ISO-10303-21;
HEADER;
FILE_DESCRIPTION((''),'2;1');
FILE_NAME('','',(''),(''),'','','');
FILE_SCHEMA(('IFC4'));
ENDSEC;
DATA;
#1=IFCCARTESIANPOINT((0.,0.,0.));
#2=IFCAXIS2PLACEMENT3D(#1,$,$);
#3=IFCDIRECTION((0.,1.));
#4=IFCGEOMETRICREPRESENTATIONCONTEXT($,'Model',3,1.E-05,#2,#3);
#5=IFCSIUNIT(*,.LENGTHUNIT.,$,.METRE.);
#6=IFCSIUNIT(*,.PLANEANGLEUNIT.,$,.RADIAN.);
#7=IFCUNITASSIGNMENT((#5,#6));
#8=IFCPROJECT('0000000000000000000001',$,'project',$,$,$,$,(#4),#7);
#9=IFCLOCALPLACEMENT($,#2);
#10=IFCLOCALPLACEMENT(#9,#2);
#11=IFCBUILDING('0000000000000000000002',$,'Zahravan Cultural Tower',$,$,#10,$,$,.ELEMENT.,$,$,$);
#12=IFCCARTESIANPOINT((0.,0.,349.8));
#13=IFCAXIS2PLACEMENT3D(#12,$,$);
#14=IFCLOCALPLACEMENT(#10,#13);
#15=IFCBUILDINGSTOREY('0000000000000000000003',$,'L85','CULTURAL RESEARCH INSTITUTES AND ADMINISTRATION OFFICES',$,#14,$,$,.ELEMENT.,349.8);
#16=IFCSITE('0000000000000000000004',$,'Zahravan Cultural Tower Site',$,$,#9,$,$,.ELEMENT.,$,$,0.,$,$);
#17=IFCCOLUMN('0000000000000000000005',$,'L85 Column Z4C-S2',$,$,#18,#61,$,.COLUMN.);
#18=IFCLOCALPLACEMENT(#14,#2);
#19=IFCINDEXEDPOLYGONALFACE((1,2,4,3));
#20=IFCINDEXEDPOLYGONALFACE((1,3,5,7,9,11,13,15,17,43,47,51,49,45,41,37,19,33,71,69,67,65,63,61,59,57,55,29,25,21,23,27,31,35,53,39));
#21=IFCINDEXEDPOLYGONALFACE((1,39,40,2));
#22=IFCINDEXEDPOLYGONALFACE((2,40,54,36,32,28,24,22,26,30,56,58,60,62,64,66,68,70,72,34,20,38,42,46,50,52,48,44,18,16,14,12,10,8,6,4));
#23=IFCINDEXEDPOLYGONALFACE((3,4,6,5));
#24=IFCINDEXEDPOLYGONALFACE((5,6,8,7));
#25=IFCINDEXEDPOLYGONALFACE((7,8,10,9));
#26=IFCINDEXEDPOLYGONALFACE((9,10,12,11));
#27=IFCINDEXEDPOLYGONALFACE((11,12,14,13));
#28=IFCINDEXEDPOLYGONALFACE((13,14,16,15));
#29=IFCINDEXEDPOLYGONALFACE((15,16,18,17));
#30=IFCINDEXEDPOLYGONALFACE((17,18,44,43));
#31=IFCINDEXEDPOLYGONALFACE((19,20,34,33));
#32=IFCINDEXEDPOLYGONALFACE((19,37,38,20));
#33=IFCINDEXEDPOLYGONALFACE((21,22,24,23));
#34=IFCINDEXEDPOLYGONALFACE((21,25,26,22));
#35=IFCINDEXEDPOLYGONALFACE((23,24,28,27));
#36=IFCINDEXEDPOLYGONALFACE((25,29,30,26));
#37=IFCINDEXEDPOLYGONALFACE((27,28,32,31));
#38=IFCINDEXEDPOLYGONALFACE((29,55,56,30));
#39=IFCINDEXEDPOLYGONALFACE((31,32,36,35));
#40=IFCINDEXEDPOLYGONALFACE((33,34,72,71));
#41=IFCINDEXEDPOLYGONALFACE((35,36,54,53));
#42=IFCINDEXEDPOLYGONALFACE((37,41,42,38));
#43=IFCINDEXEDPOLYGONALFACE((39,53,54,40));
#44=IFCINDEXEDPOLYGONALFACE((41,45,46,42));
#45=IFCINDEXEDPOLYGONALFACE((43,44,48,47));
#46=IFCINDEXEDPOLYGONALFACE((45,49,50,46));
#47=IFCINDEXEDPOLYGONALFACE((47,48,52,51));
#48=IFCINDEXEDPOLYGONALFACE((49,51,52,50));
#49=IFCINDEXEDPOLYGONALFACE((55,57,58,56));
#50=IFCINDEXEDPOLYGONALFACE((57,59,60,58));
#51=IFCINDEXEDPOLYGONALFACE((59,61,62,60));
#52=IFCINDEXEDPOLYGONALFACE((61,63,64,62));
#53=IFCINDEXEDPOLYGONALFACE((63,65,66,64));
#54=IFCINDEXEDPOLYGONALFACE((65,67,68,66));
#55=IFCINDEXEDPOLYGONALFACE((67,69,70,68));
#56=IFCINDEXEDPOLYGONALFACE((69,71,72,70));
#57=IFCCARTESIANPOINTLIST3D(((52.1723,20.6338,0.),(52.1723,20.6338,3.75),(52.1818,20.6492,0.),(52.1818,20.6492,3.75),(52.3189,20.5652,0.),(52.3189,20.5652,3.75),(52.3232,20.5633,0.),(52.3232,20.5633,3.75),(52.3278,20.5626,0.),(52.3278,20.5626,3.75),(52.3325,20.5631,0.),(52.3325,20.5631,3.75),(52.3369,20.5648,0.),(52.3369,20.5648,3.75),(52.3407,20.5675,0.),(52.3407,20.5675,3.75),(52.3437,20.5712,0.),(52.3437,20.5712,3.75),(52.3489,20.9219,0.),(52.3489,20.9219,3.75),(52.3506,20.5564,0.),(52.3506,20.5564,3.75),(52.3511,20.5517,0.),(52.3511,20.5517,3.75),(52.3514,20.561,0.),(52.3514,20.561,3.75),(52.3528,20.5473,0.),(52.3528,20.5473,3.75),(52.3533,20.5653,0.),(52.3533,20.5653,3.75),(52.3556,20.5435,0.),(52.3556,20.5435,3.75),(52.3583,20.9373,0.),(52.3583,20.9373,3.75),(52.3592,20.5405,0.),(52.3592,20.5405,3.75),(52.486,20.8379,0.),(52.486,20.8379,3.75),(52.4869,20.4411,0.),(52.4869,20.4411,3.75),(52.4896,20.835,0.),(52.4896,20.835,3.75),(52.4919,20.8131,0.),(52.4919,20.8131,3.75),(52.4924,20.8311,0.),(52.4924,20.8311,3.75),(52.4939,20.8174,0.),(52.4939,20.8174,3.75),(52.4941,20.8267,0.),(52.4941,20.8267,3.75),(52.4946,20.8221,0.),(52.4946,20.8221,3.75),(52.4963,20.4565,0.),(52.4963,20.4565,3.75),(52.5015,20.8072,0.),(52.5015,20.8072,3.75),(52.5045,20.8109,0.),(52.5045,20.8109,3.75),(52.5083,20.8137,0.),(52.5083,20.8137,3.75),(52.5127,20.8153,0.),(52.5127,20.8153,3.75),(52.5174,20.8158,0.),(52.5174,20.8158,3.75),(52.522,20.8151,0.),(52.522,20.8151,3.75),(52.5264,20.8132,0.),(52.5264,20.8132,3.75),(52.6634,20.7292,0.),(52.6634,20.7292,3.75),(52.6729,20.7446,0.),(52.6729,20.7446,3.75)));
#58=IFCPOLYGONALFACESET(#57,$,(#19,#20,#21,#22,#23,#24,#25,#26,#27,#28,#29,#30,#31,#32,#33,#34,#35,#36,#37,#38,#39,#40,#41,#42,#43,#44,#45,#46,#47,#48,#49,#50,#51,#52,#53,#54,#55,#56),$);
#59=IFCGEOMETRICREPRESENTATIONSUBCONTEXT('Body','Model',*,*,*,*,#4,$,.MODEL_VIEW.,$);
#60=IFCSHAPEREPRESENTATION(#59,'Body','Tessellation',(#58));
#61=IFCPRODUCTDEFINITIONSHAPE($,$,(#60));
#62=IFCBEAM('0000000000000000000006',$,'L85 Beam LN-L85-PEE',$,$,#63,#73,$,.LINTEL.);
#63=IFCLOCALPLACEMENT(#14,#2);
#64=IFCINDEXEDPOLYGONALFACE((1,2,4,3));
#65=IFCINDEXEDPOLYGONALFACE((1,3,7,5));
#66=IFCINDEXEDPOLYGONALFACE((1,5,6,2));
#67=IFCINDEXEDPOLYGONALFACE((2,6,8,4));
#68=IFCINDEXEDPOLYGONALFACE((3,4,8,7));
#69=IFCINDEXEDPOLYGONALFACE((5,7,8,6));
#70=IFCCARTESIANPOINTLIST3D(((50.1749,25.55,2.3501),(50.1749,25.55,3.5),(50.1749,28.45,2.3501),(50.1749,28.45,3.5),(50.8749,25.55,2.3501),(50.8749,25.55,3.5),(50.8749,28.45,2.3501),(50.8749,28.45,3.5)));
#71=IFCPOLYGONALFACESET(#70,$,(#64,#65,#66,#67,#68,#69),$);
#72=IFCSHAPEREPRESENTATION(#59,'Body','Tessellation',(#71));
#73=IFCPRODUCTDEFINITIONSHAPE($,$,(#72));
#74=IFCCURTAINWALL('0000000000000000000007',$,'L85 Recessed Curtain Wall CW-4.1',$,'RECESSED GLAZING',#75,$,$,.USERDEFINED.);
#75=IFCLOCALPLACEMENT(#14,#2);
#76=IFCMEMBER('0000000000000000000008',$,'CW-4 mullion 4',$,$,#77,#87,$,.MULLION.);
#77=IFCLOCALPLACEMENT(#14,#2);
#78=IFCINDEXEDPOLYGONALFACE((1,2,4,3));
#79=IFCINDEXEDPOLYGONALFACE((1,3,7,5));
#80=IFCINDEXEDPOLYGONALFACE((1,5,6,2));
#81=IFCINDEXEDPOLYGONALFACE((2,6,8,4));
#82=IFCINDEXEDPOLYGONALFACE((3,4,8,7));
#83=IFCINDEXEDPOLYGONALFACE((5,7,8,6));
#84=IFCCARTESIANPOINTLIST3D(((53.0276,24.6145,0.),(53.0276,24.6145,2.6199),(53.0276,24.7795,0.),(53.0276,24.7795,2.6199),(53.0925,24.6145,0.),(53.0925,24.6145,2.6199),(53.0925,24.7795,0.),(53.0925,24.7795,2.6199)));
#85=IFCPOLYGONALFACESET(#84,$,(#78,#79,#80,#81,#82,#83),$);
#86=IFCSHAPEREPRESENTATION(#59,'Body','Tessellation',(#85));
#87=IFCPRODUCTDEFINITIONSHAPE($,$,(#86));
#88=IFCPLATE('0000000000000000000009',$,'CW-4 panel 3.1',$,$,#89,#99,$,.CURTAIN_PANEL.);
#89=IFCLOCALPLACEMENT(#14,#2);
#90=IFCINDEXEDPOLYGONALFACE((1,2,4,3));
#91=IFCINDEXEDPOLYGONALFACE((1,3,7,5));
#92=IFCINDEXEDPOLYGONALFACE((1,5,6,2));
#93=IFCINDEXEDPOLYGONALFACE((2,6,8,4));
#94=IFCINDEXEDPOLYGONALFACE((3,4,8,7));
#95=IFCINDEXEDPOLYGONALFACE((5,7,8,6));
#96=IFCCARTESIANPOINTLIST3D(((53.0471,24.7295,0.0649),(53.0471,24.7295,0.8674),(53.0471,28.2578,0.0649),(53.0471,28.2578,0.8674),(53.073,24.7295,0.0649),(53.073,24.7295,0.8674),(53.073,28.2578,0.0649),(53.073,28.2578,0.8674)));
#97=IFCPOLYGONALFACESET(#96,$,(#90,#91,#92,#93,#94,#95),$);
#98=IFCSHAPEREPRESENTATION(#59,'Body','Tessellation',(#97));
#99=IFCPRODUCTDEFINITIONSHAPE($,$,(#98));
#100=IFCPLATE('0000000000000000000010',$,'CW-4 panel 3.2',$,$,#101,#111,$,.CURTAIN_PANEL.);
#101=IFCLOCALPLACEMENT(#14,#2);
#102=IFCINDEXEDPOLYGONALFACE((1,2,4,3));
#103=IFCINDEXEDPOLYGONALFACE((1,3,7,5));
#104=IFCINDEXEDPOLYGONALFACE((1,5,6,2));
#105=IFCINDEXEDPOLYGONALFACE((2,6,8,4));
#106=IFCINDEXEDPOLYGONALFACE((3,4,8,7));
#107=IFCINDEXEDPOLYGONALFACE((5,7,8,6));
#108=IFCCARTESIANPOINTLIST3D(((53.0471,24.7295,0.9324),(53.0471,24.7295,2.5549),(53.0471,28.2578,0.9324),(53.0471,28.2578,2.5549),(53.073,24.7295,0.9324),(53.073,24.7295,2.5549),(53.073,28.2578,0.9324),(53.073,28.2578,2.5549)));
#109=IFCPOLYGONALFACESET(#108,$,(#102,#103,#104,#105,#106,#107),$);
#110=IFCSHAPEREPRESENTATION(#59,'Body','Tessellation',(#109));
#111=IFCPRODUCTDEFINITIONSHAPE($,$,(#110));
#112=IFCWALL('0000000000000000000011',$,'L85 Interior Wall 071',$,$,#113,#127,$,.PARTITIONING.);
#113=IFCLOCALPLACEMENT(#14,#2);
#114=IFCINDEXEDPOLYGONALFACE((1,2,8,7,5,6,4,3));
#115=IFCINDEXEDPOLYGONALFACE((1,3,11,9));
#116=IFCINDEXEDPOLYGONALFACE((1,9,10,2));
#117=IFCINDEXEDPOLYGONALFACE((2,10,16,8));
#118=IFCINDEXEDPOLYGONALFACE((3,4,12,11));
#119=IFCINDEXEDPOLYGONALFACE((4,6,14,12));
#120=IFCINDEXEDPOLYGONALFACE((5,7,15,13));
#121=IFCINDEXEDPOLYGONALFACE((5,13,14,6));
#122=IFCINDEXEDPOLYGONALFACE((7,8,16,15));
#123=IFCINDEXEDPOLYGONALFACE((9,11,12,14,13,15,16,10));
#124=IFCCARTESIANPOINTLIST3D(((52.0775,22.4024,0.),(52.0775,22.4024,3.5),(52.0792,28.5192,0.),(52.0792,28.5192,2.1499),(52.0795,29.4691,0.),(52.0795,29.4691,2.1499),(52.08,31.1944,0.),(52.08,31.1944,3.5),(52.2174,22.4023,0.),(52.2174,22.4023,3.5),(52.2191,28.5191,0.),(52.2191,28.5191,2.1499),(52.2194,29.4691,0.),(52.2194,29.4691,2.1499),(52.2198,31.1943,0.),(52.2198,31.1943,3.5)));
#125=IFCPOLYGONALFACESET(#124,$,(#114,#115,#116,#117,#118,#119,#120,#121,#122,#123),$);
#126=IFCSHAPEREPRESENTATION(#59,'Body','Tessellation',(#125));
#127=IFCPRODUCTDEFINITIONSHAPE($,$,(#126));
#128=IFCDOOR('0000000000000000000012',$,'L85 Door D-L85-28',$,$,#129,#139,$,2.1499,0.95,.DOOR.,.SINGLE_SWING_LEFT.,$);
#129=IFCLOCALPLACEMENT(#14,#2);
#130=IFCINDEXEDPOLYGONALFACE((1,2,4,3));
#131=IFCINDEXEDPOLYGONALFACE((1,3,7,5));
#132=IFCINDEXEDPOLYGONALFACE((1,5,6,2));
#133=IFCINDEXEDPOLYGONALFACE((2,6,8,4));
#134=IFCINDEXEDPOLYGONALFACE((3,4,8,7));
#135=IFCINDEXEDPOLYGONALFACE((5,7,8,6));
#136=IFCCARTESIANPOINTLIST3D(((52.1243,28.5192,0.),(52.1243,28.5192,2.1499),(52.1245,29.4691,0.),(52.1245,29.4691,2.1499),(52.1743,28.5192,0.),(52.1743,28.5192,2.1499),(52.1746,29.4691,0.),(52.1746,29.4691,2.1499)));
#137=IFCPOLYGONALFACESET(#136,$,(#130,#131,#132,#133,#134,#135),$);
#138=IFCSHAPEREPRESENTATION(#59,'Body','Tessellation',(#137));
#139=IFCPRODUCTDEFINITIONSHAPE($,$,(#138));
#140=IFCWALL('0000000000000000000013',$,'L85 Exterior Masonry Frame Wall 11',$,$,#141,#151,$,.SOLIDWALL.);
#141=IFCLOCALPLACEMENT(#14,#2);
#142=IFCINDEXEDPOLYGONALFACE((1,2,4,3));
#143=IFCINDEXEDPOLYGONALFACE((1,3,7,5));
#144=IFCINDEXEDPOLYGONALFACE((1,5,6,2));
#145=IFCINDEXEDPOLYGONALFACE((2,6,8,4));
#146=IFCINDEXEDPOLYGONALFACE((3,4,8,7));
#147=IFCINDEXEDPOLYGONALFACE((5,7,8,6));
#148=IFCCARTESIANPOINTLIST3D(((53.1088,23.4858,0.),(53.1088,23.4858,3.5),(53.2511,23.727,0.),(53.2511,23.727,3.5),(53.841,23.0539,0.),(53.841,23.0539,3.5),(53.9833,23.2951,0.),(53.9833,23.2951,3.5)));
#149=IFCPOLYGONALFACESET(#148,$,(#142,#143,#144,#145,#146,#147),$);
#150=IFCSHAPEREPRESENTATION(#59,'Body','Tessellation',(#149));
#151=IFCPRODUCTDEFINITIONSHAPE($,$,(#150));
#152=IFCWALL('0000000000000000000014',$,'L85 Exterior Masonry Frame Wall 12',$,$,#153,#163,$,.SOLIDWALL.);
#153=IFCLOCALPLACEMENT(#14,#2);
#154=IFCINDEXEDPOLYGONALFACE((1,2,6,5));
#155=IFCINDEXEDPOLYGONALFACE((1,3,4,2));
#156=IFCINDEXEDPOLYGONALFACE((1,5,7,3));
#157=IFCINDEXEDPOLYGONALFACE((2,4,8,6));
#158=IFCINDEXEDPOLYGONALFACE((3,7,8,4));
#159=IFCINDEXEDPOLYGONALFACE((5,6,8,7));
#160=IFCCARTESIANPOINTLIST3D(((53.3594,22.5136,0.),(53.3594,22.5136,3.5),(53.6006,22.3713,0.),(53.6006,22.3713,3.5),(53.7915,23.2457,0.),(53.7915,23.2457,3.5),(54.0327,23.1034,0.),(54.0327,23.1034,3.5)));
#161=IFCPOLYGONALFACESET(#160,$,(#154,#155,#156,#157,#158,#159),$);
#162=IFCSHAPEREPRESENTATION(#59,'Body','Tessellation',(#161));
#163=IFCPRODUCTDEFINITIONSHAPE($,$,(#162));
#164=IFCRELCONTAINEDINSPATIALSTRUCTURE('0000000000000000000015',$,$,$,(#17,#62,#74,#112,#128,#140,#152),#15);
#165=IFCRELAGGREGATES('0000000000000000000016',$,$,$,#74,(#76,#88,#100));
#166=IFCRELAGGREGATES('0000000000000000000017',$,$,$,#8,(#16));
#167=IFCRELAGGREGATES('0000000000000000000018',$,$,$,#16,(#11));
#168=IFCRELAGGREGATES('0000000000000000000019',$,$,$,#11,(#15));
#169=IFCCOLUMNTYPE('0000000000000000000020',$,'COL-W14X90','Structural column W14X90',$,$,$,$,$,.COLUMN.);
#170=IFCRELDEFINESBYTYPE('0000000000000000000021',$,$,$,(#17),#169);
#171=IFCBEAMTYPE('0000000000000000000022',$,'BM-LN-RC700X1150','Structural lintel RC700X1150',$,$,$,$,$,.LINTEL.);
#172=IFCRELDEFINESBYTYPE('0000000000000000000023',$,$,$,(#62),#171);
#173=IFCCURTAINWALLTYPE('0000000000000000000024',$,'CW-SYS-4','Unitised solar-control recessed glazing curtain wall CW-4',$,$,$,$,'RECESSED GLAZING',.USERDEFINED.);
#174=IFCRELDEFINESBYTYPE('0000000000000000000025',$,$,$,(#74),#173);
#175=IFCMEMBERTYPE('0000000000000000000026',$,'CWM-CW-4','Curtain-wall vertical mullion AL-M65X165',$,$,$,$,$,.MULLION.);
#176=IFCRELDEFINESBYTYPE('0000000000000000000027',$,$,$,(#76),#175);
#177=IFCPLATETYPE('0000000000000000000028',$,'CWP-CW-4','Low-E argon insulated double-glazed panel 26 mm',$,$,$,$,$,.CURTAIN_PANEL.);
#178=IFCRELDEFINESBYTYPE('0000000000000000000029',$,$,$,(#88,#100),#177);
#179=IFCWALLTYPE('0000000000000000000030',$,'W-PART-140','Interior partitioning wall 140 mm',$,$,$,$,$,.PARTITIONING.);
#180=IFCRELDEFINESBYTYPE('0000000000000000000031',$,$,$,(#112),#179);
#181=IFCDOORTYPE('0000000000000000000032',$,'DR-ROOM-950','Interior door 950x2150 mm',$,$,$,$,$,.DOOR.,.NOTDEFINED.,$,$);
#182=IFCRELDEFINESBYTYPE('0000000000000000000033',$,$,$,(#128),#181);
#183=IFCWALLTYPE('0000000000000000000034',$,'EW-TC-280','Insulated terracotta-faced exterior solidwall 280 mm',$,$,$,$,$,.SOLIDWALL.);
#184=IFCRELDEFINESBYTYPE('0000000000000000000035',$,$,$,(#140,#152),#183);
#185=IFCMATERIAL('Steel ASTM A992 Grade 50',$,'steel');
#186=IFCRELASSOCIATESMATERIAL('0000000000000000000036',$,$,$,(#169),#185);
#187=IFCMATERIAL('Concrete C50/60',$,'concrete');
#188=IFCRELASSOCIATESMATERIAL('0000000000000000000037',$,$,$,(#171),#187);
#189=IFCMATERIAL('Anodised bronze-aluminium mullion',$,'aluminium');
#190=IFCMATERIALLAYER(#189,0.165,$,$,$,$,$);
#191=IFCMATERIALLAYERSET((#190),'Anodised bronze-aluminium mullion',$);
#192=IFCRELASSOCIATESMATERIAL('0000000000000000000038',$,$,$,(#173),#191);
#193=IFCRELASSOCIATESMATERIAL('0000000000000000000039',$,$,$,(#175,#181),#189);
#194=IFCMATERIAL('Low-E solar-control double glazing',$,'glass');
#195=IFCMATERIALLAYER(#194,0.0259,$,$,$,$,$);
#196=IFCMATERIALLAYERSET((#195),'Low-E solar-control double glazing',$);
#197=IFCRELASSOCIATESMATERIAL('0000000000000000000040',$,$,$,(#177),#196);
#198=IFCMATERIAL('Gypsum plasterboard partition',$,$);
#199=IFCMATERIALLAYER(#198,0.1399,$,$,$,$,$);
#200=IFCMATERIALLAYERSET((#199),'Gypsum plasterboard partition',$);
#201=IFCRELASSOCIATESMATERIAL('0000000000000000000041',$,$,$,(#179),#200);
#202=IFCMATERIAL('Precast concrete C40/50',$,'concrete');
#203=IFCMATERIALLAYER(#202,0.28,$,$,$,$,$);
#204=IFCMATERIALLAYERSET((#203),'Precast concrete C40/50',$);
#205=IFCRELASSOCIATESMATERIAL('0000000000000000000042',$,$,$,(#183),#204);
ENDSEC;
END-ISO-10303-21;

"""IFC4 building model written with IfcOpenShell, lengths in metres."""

from ifc_helpers import new_model, si_unit, direction, frame, frame_2d, origin, origin_2d, place, context, subcontext, project, spatial, rectangle, i_section, extrude, source, transform, mapped, material, layer, layer_set, material_profile, profile_set, type_object, element, fill, aggregate, save


model = new_model("IFC4")

# Units and contexts
model_context = context("Model", 3, precision=1e-05, world=origin(), true_north=direction((0.0, 1.0)))
body_context = subcontext(model_context, "Body", "Model", "MODEL_VIEW")
ifc_project = project(units=[si_unit("LENGTHUNIT", "METRE"), si_unit("PLANEANGLEUNIT", "RADIAN")], contexts=[model_context])

# Site, building, storey
site_placement = place(None, origin())
site = spatial("IfcSite", under=ifc_project, at=site_placement, Name="Zahravan Cultural Tower Site", CompositionType="ELEMENT", RefElevation=0.0)
building_placement = place(site_placement, origin())
building = spatial("IfcBuilding", under=site, at=building_placement, Name="Zahravan Cultural Tower", CompositionType="ELEMENT")
storey_placement = place(building_placement, frame((0.0, 0.0, 349.8)))
storey = spatial("IfcBuildingStorey", under=building, at=storey_placement, Name="L85", Description="CULTURAL RESEARCH INSTITUTES AND ADMINISTRATION OFFICES", CompositionType="ELEMENT", Elevation=349.8)

# Column
ifc_material_1 = material(Name="Steel ASTM A992 Grade 50", Category="steel")
ifc_material_profile_1 = material_profile(ifc_material_1, i_section(OverallWidth=0.3689, OverallDepth=0.356, WebThickness=0.0112, FlangeThickness=0.0181, FilletRadius=0.0181, at=origin_2d()), Name="W14X90")
ifc_profile_set_1 = profile_set([ifc_material_profile_1], Name="Steel ASTM A992 Grade 50")
column_type = type_object("IfcColumnType", Name="COL-W14X90", Description="Structural column W14X90", PredefinedType="COLUMN", material=ifc_profile_set_1)
shared_shape_1 = source(origin(), body_context, "Body", "SweptSolid", [
    extrude(i_section(OverallWidth=0.3689, OverallDepth=0.356, WebThickness=0.0112, FlangeThickness=0.0181, FilletRadius=0.0181, at=origin_2d()), origin(), (0.0, 0.0, 1.0), 3.75),
])
column_placement = place(storey_placement, frame((52.4226, 20.6892, 0.0), z_axis=(0.0, 0.0, 1.0), x_axis=(-0.85264, 0.522499, 0.0)))
element("IfcColumn", 1, at=column_placement, inside=storey, type_object=column_type, Name="L85 Column Z4C-S2", PredefinedType="COLUMN", context=body_context, shape_type="MappedRepresentation", body=[
    mapped(shared_shape_1, transform((0.0, 0.0, 0.0), x_axis=(1.0, 0.0, 0.0), y_axis=(0.0, 1.0, 0.0), z_axis=(0.0, 0.0, 1.0), scale=1.0)),
])

# Beam
ifc_material_2 = material(Name="Concrete C50/60", Category="concrete")
ifc_material_profile_2 = material_profile(ifc_material_2, rectangle(XDim=0.7, YDim=1.1499, at=origin_2d()), Name="RC700X1150")
ifc_profile_set_2 = profile_set([ifc_material_profile_2], Name="Concrete C50/60")
beam_type = type_object("IfcBeamType", Name="BM-LN-RC700X1150", Description="Structural lintel RC700X1150", PredefinedType="LINTEL", material=ifc_profile_set_2)
shared_shape_2 = source(origin(), body_context, "Body", "SweptSolid", [
    extrude(rectangle(XDim=0.7, YDim=1.1499, at=origin_2d()), origin(), (0.0, 0.0, 1.0), 2.8999),
])
beam_placement = place(storey_placement, frame((50.5249, 25.55, 2.925), z_axis=(0.0, 1.0, 0.0), x_axis=(-1.0, 0.0, 0.0)))
element("IfcBeam", 2, at=beam_placement, inside=storey, type_object=beam_type, Name="L85 Beam LN-L85-PEE", PredefinedType="LINTEL", context=body_context, shape_type="MappedRepresentation", body=[
    mapped(shared_shape_2, transform((0.0, 0.0, 0.0), x_axis=(1.0, 0.0, 0.0), y_axis=(0.0, 1.0, 0.0), z_axis=(0.0, 0.0, 1.0), scale=1.0)),
])

# Curtain wall, member, plates
ifc_material_3 = material(Name="Anodised bronze-aluminium mullion", Category="aluminium")
ifc_layer_1 = layer(ifc_material_3, 0.165)
ifc_layer_set_1 = layer_set([ifc_layer_1], Name="Anodised bronze-aluminium mullion")
curtain_wall_type = type_object("IfcCurtainWallType", Name="CW-SYS-4", Description="Unitised solar-control recessed glazing curtain wall CW-4", ElementType="RECESSED GLAZING", PredefinedType="USERDEFINED", material=ifc_layer_set_1)
curtain_wall_placement = place(storey_placement, origin())
curtain_wall = element("IfcCurtainWall", 3, at=curtain_wall_placement, inside=storey, type_object=curtain_wall_type, Name="L85 Recessed Curtain Wall CW-4.1", ObjectType="RECESSED GLAZING", PredefinedType="USERDEFINED")
ifc_material_profile_3 = material_profile(ifc_material_3, rectangle(XDim=0.0649, YDim=0.165, at=origin_2d()), Name="AL-M65X165")
ifc_profile_set_3 = profile_set([ifc_material_profile_3], Name="Anodised bronze-aluminium mullion")
member_type = type_object("IfcMemberType", Name="CWM-CW-4", Description="Curtain-wall vertical mullion AL-M65X165", PredefinedType="MULLION", material=ifc_profile_set_3)
shared_shape_3 = source(origin(), body_context, "Body", "SweptSolid", [
    extrude(rectangle(XDim=0.0649, YDim=0.165, at=origin_2d()), origin(), (0.0, 0.0, 1.0), 2.6199),
])
member_placement = place(storey_placement, frame((53.0601, 24.697, 0.0), z_axis=(0.0, 0.0, 1.0), x_axis=(1.0, 0.0, 0.0)))
member = element("IfcMember", 4, at=member_placement, type_object=member_type, Name="CW-4 mullion 4", PredefinedType="MULLION", context=body_context, shape_type="MappedRepresentation", body=[
    mapped(shared_shape_3, transform((0.0, 0.0, 0.0), x_axis=(1.0, 0.0, 0.0), y_axis=(0.0, 1.0, 0.0), z_axis=(0.0, 0.0, 1.0), scale=1.0)),
])
ifc_material_4 = material(Name="Low-E solar-control double glazing", Category="glass")
ifc_layer_2 = layer(ifc_material_4, 0.0259)
ifc_layer_set_2 = layer_set([ifc_layer_2], Name="Low-E solar-control double glazing")
plate_type = type_object("IfcPlateType", Name="CWP-CW-4", Description="Low-E argon insulated double-glazed panel 26 mm", PredefinedType="CURTAIN_PANEL", material=ifc_layer_set_2)
shared_shape_4 = source(origin(), body_context, "Body", "SweptSolid", [
    extrude(rectangle(XDim=3.5283, YDim=0.0259, at=origin_2d()), origin(), (0.0, 0.0, 1.0), 0.8025),
])
plate_1_placement = place(storey_placement, frame((53.0601, 26.4937, 0.0649), z_axis=(0.0, 0.0, 1.0), x_axis=(0.0, -1.0, 0.0)))
plate_1 = element("IfcPlate", 5, at=plate_1_placement, type_object=plate_type, Name="CW-4 panel 3.1", PredefinedType="CURTAIN_PANEL", context=body_context, shape_type="MappedRepresentation", body=[
    mapped(shared_shape_4, transform((0.0, 0.0, 0.0), x_axis=(1.0, 0.0, 0.0), y_axis=(0.0, 1.0, 0.0), z_axis=(0.0, 0.0, 1.0), scale=1.0)),
])
shared_shape_5 = source(origin(), body_context, "Body", "SweptSolid", [
    extrude(rectangle(XDim=3.5283, YDim=0.0259, at=origin_2d()), origin(), (0.0, 0.0, 1.0), 1.6226),
])
plate_2_placement = place(storey_placement, frame((53.0601, 26.4937, 0.9324), z_axis=(0.0, 0.0, 1.0), x_axis=(0.0, -1.0, 0.0)))
plate_2 = element("IfcPlate", 6, at=plate_2_placement, type_object=plate_type, Name="CW-4 panel 3.2", PredefinedType="CURTAIN_PANEL", context=body_context, shape_type="MappedRepresentation", body=[
    mapped(shared_shape_5, transform((0.0, 0.0, 0.0), x_axis=(1.0, 0.0, 0.0), y_axis=(0.0, 1.0, 0.0), z_axis=(0.0, 0.0, 1.0), scale=1.0)),
])
aggregate(curtain_wall, [member, plate_1, plate_2])

# Wall, opening, door
ifc_material_5 = material(Name="Gypsum plasterboard partition")
ifc_layer_3 = layer(ifc_material_5, 0.1399)
ifc_layer_set_3 = layer_set([ifc_layer_3], Name="Gypsum plasterboard partition")
wall_type_1 = type_object("IfcWallType", Name="W-PART-140", Description="Interior partitioning wall 140 mm", PredefinedType="PARTITIONING", material=ifc_layer_set_3)
wall_1_placement = place(storey_placement, frame((52.1475, 22.4023, 0.0), z_axis=(0.0, 0.0, 1.0), x_axis=(0.000278, 1.0, 0.0)))
wall_1 = element("IfcWall", 7, at=wall_1_placement, inside=storey, type_object=wall_type_1, Name="L85 Interior Wall 071", PredefinedType="PARTITIONING", context=body_context, shape_type="SweptSolid", body=[
    extrude(rectangle(XDim=8.792, YDim=0.1399, at=frame_2d((4.396, 0.0))), origin(), (0.0, 0.0, 1.0), 3.5),
])
opening_placement = place(wall_1_placement, frame((6.1167, 0.0, 0.0)))
opening = element("IfcOpeningElement", 8, at=opening_placement, cuts=wall_1, PredefinedType="OPENING", context=body_context, shape_type="SweptSolid", body=[
    extrude(rectangle(XDim=0.95, YDim=2.1499, at=frame_2d((0.4751, 1.075))), frame((0.0, 0.0798, 0.0), z_axis=(0.0, -1.0, 0.0), x_axis=(1.0, 0.0, 0.0)), (0.0, 0.0, 1.0), 0.1599),
])
door_type = type_object("IfcDoorType", Name="DR-ROOM-950", Description="Interior door 950x2150 mm", OperationType="NOTDEFINED", PredefinedType="DOOR", material=ifc_material_3)
shared_shape_6 = source(origin(), body_context, "Body", "SweptSolid", [
    extrude(rectangle(XDim=0.95, YDim=2.1499, at=frame_2d((0.4751, 1.075))), frame((0.0, 0.0249, 0.0), z_axis=(0.0, -1.0, 0.0), x_axis=(1.0, 0.0, 0.0)), (0.0, 0.0, 1.0), 0.05),
])
door_placement = place(opening_placement, origin())
door = element("IfcDoor", 9, at=door_placement, inside=storey, type_object=door_type, Name="L85 Door D-L85-28", OperationType="SINGLE_SWING_LEFT", OverallHeight=2.1499, OverallWidth=0.95, PredefinedType="DOOR", context=body_context, shape_type="MappedRepresentation", body=[
    mapped(shared_shape_6, transform((0.0, 0.0, 0.0), x_axis=(1.0, 0.0, 0.0), y_axis=(0.0, 1.0, 0.0), z_axis=(0.0, 0.0, 1.0), scale=1.0)),
])
fill(opening, door)

# Walls
ifc_material_6 = material(Name="Precast concrete C40/50", Category="concrete")
ifc_layer_4 = layer(ifc_material_6, 0.28)
ifc_layer_set_4 = layer_set([ifc_layer_4], Name="Precast concrete C40/50")
wall_type_2 = type_object("IfcWallType", Name="EW-TC-280", Description="Insulated terracotta-faced exterior solidwall 280 mm", PredefinedType="SOLIDWALL", material=ifc_layer_set_4)
shared_shape_7 = source(origin(), body_context, "Body", "SweptSolid", [
    extrude(rectangle(XDim=0.8501, YDim=0.28, at=frame_2d((0.425, 0.0))), origin(), (0.0, 0.0, 1.0), 3.5),
])
for number, where, z_axis, x_axis, name in (
    (10, (53.1799, 23.6064, 0.0), (0.0, 0.0, 1.0), (0.861321, -0.508062, 0.0), "L85 Exterior Masonry Frame Wall 11"),
    (11, (53.9121, 23.1746, 0.0), (0.0, 0.0, 1.0), (-0.508275, -0.861195, 0.0), "L85 Exterior Masonry Frame Wall 12"),
):
    element("IfcWall", number, at=place(storey_placement, frame(where, z_axis=z_axis, x_axis=x_axis)), inside=storey, type_object=wall_type_2, Name=name, PredefinedType="SOLIDWALL", context=body_context, shape_type="MappedRepresentation", body=[
        mapped(shared_shape_7, transform((0.0, 0.0, 0.0), x_axis=(1.0, 0.0, 0.0), y_axis=(0.0, 1.0, 0.0), z_axis=(0.0, 0.0, 1.0), scale=1.0)),
    ])

save(model, "model.ifc")
